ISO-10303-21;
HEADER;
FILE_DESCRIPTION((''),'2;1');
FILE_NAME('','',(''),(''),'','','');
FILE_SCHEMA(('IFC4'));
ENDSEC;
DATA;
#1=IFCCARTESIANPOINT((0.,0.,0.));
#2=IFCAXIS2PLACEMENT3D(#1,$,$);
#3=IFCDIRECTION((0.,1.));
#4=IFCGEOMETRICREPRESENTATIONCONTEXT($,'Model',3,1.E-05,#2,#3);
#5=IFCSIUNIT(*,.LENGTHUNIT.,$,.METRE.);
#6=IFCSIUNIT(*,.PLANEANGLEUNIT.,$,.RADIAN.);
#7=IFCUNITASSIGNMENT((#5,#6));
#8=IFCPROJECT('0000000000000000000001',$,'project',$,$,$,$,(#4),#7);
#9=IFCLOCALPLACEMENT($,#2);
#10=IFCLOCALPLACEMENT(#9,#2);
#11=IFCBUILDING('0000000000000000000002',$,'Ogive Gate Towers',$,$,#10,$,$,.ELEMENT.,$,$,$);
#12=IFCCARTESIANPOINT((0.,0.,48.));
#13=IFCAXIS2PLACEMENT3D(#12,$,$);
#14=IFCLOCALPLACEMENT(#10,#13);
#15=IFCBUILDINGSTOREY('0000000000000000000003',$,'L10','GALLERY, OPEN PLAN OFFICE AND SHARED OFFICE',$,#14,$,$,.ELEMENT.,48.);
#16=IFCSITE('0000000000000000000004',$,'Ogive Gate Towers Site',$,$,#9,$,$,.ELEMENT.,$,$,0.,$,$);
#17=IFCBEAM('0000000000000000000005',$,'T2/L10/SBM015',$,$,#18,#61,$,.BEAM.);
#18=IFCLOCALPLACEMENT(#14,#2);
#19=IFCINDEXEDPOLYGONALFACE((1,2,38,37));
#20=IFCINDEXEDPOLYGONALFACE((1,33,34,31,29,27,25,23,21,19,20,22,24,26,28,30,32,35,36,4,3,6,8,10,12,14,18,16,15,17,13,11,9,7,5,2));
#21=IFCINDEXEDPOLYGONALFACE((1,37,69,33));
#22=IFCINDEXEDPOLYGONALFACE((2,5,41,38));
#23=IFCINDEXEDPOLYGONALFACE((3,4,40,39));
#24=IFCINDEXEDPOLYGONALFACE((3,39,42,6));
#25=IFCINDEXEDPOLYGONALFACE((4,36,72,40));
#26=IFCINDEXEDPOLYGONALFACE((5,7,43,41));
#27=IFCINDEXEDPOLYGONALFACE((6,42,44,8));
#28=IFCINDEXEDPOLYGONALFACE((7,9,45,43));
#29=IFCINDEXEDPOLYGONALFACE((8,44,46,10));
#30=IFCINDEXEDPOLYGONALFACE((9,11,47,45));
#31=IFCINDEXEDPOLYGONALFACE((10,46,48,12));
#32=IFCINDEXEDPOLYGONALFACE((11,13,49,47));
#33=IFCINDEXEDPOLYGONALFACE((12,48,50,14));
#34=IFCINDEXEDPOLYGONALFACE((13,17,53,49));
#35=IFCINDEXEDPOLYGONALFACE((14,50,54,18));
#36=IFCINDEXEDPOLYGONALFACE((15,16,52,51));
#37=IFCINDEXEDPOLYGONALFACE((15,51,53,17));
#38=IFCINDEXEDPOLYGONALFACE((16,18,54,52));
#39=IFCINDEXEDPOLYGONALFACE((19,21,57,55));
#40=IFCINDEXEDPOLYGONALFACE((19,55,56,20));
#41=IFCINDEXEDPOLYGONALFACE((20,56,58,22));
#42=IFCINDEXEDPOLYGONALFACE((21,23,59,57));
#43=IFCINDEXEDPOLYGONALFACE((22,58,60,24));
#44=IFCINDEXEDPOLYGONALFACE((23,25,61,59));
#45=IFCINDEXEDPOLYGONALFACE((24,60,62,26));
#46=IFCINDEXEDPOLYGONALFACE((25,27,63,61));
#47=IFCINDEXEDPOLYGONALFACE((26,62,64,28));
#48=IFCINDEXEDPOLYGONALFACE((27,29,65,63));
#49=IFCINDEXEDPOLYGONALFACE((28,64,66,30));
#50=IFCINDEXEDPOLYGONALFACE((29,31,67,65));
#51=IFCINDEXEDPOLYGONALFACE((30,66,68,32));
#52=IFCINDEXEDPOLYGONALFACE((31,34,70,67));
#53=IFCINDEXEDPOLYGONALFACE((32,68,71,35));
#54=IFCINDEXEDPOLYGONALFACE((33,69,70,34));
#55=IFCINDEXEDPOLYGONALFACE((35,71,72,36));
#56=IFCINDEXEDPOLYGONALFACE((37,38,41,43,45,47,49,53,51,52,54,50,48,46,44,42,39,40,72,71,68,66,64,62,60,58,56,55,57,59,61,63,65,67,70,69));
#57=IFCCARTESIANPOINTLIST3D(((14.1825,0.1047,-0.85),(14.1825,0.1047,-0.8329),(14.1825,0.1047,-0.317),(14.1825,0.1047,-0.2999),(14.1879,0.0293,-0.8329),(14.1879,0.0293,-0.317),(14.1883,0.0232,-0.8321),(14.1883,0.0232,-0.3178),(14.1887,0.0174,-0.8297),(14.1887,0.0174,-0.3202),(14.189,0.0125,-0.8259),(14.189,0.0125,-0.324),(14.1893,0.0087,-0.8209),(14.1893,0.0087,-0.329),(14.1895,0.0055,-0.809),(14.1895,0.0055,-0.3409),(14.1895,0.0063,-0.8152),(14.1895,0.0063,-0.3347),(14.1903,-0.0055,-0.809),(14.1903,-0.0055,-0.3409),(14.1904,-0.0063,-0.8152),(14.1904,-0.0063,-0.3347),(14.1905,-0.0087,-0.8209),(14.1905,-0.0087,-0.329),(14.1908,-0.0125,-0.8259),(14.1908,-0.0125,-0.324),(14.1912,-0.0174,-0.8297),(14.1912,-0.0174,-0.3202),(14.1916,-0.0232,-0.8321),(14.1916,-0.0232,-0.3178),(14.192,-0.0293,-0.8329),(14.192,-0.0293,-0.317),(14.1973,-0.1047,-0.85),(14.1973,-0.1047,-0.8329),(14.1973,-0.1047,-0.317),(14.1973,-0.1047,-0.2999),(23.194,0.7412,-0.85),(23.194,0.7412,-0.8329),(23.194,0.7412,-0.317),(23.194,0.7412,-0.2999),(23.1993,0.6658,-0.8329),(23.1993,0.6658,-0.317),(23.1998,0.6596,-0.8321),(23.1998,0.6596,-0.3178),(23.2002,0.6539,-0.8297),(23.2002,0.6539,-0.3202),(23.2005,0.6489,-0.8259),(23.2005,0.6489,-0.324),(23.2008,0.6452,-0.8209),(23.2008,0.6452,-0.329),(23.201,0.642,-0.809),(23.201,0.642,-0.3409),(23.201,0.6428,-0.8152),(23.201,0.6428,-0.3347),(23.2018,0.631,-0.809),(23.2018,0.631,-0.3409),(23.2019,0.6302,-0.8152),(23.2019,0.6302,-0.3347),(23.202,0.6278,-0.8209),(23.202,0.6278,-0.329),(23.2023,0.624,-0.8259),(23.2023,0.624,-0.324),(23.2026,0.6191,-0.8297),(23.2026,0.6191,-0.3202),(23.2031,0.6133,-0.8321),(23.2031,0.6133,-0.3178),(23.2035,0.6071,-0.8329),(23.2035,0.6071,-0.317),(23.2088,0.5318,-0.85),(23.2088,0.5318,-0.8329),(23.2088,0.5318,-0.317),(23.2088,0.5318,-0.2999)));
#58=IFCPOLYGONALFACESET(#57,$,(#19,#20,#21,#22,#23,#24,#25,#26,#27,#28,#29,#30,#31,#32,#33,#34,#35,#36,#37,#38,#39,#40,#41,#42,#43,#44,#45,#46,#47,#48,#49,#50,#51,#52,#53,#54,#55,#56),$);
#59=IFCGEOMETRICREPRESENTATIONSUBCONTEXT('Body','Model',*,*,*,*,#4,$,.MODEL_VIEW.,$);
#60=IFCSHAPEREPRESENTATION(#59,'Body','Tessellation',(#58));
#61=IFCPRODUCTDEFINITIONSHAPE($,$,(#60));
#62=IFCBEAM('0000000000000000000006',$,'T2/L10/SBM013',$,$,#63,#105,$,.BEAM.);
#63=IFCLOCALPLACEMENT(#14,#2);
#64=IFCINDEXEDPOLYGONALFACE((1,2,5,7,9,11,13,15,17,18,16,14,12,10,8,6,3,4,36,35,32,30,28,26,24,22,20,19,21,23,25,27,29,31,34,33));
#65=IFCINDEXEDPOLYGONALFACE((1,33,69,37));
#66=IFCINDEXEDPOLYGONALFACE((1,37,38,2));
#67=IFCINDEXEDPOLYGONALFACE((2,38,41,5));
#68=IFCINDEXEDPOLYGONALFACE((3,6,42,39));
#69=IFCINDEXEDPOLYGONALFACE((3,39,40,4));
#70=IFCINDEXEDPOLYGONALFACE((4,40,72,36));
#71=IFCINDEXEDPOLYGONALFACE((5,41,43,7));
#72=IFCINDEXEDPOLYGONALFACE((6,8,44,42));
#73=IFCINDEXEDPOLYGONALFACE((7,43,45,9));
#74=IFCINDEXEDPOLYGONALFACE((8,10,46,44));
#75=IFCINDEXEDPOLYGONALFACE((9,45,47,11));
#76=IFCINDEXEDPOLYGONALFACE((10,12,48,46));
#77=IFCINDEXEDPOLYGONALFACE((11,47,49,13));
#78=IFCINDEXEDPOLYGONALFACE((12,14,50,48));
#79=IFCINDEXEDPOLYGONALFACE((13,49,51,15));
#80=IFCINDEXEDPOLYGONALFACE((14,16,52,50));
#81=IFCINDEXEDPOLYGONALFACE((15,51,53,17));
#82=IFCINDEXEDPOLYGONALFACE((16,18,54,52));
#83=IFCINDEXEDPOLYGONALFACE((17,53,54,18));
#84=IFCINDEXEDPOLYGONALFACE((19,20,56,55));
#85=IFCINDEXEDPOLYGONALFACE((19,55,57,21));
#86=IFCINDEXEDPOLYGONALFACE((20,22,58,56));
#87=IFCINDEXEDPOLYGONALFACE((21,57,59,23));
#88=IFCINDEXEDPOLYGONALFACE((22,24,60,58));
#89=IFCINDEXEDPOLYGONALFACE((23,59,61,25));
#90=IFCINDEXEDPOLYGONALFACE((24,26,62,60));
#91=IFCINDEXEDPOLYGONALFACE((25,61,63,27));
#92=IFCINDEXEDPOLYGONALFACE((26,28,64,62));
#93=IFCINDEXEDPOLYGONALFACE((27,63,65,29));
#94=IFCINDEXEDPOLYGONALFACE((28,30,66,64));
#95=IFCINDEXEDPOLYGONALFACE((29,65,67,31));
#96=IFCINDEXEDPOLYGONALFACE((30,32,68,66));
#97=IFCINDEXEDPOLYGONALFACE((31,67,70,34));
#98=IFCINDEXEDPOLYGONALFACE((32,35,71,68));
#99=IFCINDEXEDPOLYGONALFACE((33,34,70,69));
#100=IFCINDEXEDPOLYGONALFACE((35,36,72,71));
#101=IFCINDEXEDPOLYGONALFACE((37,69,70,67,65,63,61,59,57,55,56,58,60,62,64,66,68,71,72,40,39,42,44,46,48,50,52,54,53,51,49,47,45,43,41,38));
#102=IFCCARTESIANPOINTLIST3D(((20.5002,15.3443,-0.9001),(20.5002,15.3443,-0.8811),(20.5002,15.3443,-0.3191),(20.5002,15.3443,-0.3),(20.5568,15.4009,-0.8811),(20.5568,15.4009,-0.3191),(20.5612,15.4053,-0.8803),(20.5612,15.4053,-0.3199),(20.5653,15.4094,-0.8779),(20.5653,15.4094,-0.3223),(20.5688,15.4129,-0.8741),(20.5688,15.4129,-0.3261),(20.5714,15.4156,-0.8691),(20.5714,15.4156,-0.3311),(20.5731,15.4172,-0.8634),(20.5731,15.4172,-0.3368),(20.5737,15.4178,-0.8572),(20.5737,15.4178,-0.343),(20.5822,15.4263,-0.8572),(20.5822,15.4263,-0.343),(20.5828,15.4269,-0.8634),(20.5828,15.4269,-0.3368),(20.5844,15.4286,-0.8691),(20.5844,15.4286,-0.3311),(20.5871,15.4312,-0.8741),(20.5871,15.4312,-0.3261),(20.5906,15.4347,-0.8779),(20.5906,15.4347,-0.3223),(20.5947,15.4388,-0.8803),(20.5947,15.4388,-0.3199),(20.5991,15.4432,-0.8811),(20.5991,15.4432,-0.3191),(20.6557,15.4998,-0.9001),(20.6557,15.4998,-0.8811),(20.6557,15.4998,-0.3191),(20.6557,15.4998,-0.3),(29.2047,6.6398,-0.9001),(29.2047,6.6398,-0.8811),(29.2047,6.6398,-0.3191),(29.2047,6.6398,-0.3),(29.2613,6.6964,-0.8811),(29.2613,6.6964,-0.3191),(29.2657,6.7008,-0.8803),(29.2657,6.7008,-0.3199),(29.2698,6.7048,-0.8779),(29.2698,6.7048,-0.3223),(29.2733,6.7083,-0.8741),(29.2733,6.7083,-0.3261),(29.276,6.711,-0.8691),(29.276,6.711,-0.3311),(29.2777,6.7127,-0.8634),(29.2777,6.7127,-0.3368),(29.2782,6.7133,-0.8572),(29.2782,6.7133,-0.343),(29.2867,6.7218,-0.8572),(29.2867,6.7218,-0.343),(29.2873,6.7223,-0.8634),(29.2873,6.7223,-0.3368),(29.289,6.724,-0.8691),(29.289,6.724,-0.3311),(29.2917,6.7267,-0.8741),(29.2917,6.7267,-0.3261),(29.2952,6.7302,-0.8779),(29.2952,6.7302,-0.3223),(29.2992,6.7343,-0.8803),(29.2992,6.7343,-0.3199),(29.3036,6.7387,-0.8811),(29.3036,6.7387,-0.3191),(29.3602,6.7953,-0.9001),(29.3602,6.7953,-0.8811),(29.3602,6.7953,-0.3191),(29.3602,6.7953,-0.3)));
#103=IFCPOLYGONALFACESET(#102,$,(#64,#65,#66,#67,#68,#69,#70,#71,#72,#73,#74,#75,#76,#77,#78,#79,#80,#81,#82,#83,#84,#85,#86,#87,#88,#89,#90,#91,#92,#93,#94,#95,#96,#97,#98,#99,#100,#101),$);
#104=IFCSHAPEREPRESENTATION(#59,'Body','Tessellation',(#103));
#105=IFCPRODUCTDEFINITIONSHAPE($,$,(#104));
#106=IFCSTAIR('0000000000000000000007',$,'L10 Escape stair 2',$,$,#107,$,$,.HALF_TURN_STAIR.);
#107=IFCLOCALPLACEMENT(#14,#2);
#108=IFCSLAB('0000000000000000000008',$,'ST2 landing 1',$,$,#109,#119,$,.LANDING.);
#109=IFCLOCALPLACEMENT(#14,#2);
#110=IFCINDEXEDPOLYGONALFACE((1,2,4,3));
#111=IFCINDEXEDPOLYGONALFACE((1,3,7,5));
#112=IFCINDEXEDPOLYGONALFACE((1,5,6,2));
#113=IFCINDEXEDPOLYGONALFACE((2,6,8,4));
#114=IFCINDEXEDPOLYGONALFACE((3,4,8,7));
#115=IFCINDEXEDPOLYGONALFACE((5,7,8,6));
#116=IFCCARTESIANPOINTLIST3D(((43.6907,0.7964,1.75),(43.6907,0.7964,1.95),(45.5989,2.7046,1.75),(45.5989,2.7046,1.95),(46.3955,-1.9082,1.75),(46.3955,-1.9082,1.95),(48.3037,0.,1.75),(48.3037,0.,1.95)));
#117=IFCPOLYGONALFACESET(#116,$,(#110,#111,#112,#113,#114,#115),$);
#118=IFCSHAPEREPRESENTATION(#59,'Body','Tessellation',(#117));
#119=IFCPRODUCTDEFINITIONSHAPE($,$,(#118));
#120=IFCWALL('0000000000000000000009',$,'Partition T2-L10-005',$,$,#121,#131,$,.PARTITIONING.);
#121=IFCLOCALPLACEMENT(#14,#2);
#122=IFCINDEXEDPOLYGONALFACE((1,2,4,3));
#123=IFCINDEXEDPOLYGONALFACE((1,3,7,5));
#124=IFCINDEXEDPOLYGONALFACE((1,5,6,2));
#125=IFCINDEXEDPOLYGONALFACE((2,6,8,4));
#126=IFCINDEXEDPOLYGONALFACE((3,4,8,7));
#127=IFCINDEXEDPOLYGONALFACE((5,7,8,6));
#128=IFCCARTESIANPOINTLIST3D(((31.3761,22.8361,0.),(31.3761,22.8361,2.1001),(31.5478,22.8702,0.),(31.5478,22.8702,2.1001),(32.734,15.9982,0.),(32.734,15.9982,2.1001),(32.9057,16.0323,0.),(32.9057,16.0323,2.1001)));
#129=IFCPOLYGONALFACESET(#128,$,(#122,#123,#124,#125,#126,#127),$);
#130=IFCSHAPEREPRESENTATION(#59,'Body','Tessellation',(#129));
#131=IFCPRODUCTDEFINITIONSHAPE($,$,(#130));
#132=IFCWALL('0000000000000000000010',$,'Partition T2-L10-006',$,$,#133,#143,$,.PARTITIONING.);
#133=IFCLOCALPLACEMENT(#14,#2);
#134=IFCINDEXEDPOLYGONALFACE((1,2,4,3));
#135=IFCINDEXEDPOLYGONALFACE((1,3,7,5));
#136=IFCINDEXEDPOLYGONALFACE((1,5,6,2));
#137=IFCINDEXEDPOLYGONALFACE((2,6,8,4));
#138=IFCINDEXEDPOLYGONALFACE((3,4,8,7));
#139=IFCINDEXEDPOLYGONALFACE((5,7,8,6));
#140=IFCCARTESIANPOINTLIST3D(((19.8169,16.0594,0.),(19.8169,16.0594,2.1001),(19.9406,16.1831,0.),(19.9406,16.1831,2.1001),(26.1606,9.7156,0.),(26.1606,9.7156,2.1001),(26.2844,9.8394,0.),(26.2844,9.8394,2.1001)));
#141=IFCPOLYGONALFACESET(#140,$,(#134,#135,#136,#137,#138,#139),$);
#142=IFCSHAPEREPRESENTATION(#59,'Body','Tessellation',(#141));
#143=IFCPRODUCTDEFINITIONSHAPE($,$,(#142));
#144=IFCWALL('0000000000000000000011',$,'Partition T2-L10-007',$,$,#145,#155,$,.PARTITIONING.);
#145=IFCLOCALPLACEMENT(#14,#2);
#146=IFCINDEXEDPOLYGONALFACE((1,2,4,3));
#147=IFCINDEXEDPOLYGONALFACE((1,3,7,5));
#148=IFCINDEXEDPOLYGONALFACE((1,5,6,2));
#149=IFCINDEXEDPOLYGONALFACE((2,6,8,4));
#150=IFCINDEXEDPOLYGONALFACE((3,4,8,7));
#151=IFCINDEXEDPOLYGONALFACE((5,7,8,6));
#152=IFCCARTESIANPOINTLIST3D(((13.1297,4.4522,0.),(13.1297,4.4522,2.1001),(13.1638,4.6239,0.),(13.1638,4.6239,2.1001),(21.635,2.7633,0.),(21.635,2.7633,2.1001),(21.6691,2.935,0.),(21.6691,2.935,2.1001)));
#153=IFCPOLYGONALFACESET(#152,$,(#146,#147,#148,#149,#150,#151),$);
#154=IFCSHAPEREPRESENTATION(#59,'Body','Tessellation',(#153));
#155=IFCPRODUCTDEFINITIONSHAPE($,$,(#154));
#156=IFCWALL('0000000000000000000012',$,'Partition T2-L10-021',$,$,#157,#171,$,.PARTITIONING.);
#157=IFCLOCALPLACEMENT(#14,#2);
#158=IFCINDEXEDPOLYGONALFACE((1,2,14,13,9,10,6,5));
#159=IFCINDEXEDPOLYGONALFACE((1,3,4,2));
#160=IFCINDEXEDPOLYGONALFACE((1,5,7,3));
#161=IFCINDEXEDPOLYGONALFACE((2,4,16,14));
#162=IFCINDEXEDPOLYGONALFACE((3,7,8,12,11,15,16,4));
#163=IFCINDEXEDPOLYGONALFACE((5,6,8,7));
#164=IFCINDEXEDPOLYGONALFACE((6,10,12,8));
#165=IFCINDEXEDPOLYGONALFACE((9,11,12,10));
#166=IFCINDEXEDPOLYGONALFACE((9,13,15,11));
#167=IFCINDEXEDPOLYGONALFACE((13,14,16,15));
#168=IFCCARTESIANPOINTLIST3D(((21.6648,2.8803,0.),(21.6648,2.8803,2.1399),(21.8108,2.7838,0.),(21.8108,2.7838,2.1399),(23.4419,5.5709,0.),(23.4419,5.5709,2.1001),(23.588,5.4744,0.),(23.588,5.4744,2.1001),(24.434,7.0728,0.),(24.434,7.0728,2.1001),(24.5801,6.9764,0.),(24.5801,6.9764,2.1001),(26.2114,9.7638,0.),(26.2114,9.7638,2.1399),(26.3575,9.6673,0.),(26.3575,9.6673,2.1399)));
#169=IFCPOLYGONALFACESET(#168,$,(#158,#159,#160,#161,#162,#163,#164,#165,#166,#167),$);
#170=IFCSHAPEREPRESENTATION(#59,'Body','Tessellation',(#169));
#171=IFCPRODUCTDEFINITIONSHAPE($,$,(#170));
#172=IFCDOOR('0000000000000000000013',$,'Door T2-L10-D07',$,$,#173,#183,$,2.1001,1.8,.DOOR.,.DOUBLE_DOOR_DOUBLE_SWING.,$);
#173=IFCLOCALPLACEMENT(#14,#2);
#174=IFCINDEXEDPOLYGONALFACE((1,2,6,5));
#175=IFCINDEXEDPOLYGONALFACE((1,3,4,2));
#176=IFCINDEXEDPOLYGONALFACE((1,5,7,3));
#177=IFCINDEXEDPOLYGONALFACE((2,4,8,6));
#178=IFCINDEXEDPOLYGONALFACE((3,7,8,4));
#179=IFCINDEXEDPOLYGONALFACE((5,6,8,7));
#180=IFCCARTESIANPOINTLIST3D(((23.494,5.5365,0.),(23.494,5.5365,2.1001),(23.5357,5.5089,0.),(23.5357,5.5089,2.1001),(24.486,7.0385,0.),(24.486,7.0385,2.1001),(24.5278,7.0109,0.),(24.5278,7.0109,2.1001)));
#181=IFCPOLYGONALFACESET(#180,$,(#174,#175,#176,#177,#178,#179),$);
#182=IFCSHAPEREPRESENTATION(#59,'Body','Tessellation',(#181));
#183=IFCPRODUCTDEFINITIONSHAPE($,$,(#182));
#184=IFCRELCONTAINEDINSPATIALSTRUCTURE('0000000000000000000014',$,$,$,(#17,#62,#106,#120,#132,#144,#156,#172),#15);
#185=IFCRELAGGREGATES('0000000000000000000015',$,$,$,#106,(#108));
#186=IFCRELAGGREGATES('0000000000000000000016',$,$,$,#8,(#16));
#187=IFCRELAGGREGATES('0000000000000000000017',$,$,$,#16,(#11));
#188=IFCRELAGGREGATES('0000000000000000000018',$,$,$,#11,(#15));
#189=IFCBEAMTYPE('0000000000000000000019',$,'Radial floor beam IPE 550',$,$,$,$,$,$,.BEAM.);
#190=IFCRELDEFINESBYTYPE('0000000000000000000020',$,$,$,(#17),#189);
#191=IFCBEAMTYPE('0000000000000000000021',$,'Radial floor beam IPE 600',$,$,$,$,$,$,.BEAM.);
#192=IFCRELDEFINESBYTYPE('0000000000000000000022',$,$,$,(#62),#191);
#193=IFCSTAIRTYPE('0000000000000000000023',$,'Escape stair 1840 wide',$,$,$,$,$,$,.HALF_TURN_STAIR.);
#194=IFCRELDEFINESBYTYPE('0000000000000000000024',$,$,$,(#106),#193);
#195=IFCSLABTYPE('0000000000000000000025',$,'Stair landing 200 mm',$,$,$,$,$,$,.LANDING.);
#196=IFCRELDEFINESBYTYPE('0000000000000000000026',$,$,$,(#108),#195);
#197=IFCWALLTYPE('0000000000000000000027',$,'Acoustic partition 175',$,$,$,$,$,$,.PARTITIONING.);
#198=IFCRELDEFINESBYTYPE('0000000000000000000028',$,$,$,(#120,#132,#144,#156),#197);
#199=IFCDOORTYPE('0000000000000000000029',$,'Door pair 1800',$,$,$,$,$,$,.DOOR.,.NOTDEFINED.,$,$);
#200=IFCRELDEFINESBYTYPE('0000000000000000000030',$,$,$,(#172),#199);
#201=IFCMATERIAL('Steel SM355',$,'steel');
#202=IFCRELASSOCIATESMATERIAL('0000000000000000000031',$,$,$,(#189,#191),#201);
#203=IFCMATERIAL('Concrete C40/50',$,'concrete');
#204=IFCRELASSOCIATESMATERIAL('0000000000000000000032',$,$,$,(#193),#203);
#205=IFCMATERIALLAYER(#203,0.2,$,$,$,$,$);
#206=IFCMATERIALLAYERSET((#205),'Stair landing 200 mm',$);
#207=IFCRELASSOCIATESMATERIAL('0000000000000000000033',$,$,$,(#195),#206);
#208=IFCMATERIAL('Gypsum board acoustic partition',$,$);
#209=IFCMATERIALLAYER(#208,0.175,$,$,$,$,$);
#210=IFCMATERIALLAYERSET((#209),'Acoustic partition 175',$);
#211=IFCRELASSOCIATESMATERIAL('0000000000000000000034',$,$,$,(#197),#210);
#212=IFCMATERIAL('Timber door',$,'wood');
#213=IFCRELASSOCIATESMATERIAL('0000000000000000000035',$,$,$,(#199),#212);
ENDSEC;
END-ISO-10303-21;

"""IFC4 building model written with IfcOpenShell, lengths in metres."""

from ifc_helpers import new_model, si_unit, direction, frame, frame_2d, origin, origin_2d, place, context, subcontext, project, spatial, polyline, rectangle, i_section, outline, extrude, material, layer, layer_set, material_profile, profile_set, type_object, element, fill, aggregate, save


model = new_model("IFC4")

# Units and contexts
model_context = context("Model", 3, precision=1e-05, world=origin(), true_north=direction((0.0, 1.0)))
body_context = subcontext(model_context, "Body", "Model", "MODEL_VIEW")
ifc_project = project(units=[si_unit("LENGTHUNIT", "METRE"), si_unit("PLANEANGLEUNIT", "RADIAN")], contexts=[model_context])

# Site, building, storey
site_placement = place(None, origin())
site = spatial("IfcSite", under=ifc_project, at=site_placement, Name="Ogive Gate Towers Site", CompositionType="ELEMENT", RefElevation=0.0)
building_placement = place(site_placement, origin())
building = spatial("IfcBuilding", under=site, at=building_placement, Name="Ogive Gate Towers", CompositionType="ELEMENT")
storey_placement = place(building_placement, frame((0.0, 0.0, 48.0)))
storey = spatial("IfcBuildingStorey", under=building, at=storey_placement, Name="L10", Description="GALLERY, OPEN PLAN OFFICE AND SHARED OFFICE", CompositionType="ELEMENT", Elevation=48.0)

# Beams
ifc_material_1 = material(Name="Concrete C40/50", Category="concrete")
ifc_material_2 = material(Name="Steel SM355", Category="steel")
ifc_material_profile_1 = material_profile(ifc_material_2, i_section(OverallWidth=0.21, OverallDepth=0.55, WebThickness=0.011, FlangeThickness=0.0171, FilletRadius=0.0239, at=origin_2d()), Name="IPE 550")
ifc_profile_set_1 = profile_set([ifc_material_profile_1], Name="Steel SM355")
beam_type_1 = type_object("IfcBeamType", Name="Radial floor beam IPE 550", PredefinedType="BEAM", material=ifc_profile_set_1)
beam_1_placement = place(storey_placement, frame((23.2014, 0.6365, -0.575), z_axis=(-0.997515, -0.070454, 0.0), x_axis=(0.070454, -0.997515, 0.0)))
element("IfcBeam", 1, at=beam_1_placement, inside=storey, type_object=beam_type_1, Name="T2/L10/SBM015", PredefinedType="BEAM", context=body_context, shape_type="SweptSolid", body=[
    extrude(i_section(OverallWidth=0.21, OverallDepth=0.55, WebThickness=0.011, FlangeThickness=0.0171, FilletRadius=0.0239, at=origin_2d()), origin(), (0.0, 0.0, 1.0), 9.0339),
])
ifc_material_profile_2 = material_profile(ifc_material_2, i_section(OverallWidth=0.22, OverallDepth=0.6001, WebThickness=0.012, FlangeThickness=0.019, FilletRadius=0.0239, at=origin_2d()), Name="IPE 600")
ifc_profile_set_2 = profile_set([ifc_material_profile_2], Name="Steel SM355")
beam_type_2 = type_object("IfcBeamType", Name="Radial floor beam IPE 600", PredefinedType="BEAM", material=ifc_profile_set_2)
beam_2_placement = place(storey_placement, frame((29.2825, 6.7175, -0.6001), z_axis=(-0.707107, 0.707107, 0.0), x_axis=(-0.707107, -0.707107, 0.0)))
element("IfcBeam", 2, at=beam_2_placement, inside=storey, type_object=beam_type_2, Name="T2/L10/SBM013", PredefinedType="BEAM", context=body_context, shape_type="SweptSolid", body=[
    extrude(i_section(OverallWidth=0.22, OverallDepth=0.6001, WebThickness=0.012, FlangeThickness=0.019, FilletRadius=0.0239, at=origin_2d()), origin(), (0.0, 0.0, 1.0), 12.3101),
])

# Stair, slab
stair_type = type_object("IfcStairType", Name="Escape stair 1840 wide", PredefinedType="HALF_TURN_STAIR", material=ifc_material_1)
stair_1_placement = place(storey_placement, origin())
stair_1 = element("IfcStair", 3, at=stair_1_placement, inside=storey, type_object=stair_type, Name="L10 Escape stair 2", PredefinedType="HALF_TURN_STAIR")
ifc_layer_1 = layer(ifc_material_1, 0.2)
ifc_layer_set_1 = layer_set([ifc_layer_1], Name="Stair landing 200 mm")
slab_type = type_object("IfcSlabType", Name="Stair landing 200 mm", PredefinedType="LANDING", material=ifc_layer_set_1)
slab_placement = place(storey_placement, frame((0.0, 0.0, 1.75)))
slab = element("IfcSlab", 4, at=slab_placement, type_object=slab_type, Name="ST2 landing 1", PredefinedType="LANDING", context=body_context, shape_type="SweptSolid", body=[
    extrude(outline(polyline([(46.3955, -1.9082), (48.3037, 0.0), (45.5989, 2.7046), (43.6907, 0.7964), (46.3955, -1.9082)])), origin(), (0.0, 0.0, 1.0), 0.2),
])
aggregate(stair_1, [slab])

# Walls
ifc_material_3 = material(Name="Gypsum board acoustic partition")
ifc_layer_2 = layer(ifc_material_3, 0.175)
ifc_layer_set_2 = layer_set([ifc_layer_2], Name="Acoustic partition 175")
wall_type_1 = type_object("IfcWallType", Name="Acoustic partition 175", PredefinedType="PARTITIONING", material=ifc_layer_set_2)
wall_1_placement = place(storey_placement, frame((31.4619, 22.8533, 0.0), z_axis=(0.0, 0.0, 1.0), x_axis=(0.194782, -0.980846, 0.0)))
element("IfcWall", 5, at=wall_1_placement, inside=storey, type_object=wall_type_1, Name="Partition T2-L10-005", PredefinedType="PARTITIONING", context=body_context, shape_type="SweptSolid", body=[
    extrude(rectangle(XDim=6.9714, YDim=0.175, at=frame_2d((3.4858, 0.0))), origin(), (0.0, 0.0, 1.0), 2.1001),
])
wall_2_placement = place(storey_placement, frame((19.8787, 16.1213, 0.0), z_axis=(0.0, 0.0, 1.0), x_axis=(0.707107, -0.707107, 0.0)))
element("IfcWall", 6, at=wall_2_placement, inside=storey, type_object=wall_type_1, Name="Partition T2-L10-006", PredefinedType="PARTITIONING", context=body_context, shape_type="SweptSolid", body=[
    extrude(rectangle(XDim=8.9714, YDim=0.175, at=frame_2d((4.4858, 0.0))), origin(), (0.0, 0.0, 1.0), 2.1001),
])
wall_3_placement = place(storey_placement, frame((13.1467, 4.5381, 0.0), z_axis=(0.0, 0.0, 1.0), x_axis=(0.980848, -0.194773, 0.0)))
element("IfcWall", 7, at=wall_3_placement, inside=storey, type_object=wall_type_1, Name="Partition T2-L10-007", PredefinedType="PARTITIONING", context=body_context, shape_type="SweptSolid", body=[
    extrude(rectangle(XDim=8.6714, YDim=0.175, at=frame_2d((4.3357, 0.0))), origin(), (0.0, 0.0, 1.0), 2.1001),
])

# Wall, opening, door
wall_4_placement = place(storey_placement, frame((26.2844, 9.7156, 0.0), z_axis=(0.0, 0.0, 1.0), x_axis=(-0.551137, -0.834415, 0.0)))
wall_4 = element("IfcWall", 8, at=wall_4_placement, inside=storey, type_object=wall_type_1, Name="Partition T2-L10-021", PredefinedType="PARTITIONING", context=body_context, shape_type="SweptSolid", body=[
    extrude(rectangle(XDim=8.2495, YDim=0.175, at=frame_2d((4.1248, 0.0))), origin(), (0.0, 0.0, 1.0), 2.1399),
])
opening_1_placement = place(wall_4_placement, frame((3.2251, 0.0, 0.0)))
opening_1 = element("IfcOpeningElement", 9, at=opening_1_placement, cuts=wall_4, PredefinedType="OPENING", context=body_context, shape_type="SweptSolid", body=[
    extrude(rectangle(XDim=1.8, YDim=2.1001, at=frame_2d((0.8999, 1.05))), frame((0.0, 0.0977, 0.0), z_axis=(0.0, -1.0, 0.0), x_axis=(1.0, 0.0, 0.0)), (0.0, 0.0, 1.0), 0.1951),
])
ifc_material_4 = material(Name="Timber door", Category="wood")
door_type_1 = type_object("IfcDoorType", Name="Door pair 1800", OperationType="NOTDEFINED", PredefinedType="DOOR", material=ifc_material_4)
door_1_placement = place(opening_1_placement, origin())
door_1 = element("IfcDoor", 10, at=door_1_placement, inside=storey, type_object=door_type_1, Name="Door T2-L10-D07", OperationType="DOUBLE_DOOR_DOUBLE_SWING", OverallHeight=2.1001, OverallWidth=1.8, PredefinedType="DOOR", context=body_context, shape_type="SweptSolid", body=[
    extrude(rectangle(XDim=1.8, YDim=2.1001, at=frame_2d((0.8999, 1.05))), frame((0.0, 0.0249, 0.0), z_axis=(0.0, -1.0, 0.0), x_axis=(1.0, 0.0, 0.0)), (0.0, 0.0, 1.0), 0.05),
])
fill(opening_1, door_1)

save(model, "model.ifc")
